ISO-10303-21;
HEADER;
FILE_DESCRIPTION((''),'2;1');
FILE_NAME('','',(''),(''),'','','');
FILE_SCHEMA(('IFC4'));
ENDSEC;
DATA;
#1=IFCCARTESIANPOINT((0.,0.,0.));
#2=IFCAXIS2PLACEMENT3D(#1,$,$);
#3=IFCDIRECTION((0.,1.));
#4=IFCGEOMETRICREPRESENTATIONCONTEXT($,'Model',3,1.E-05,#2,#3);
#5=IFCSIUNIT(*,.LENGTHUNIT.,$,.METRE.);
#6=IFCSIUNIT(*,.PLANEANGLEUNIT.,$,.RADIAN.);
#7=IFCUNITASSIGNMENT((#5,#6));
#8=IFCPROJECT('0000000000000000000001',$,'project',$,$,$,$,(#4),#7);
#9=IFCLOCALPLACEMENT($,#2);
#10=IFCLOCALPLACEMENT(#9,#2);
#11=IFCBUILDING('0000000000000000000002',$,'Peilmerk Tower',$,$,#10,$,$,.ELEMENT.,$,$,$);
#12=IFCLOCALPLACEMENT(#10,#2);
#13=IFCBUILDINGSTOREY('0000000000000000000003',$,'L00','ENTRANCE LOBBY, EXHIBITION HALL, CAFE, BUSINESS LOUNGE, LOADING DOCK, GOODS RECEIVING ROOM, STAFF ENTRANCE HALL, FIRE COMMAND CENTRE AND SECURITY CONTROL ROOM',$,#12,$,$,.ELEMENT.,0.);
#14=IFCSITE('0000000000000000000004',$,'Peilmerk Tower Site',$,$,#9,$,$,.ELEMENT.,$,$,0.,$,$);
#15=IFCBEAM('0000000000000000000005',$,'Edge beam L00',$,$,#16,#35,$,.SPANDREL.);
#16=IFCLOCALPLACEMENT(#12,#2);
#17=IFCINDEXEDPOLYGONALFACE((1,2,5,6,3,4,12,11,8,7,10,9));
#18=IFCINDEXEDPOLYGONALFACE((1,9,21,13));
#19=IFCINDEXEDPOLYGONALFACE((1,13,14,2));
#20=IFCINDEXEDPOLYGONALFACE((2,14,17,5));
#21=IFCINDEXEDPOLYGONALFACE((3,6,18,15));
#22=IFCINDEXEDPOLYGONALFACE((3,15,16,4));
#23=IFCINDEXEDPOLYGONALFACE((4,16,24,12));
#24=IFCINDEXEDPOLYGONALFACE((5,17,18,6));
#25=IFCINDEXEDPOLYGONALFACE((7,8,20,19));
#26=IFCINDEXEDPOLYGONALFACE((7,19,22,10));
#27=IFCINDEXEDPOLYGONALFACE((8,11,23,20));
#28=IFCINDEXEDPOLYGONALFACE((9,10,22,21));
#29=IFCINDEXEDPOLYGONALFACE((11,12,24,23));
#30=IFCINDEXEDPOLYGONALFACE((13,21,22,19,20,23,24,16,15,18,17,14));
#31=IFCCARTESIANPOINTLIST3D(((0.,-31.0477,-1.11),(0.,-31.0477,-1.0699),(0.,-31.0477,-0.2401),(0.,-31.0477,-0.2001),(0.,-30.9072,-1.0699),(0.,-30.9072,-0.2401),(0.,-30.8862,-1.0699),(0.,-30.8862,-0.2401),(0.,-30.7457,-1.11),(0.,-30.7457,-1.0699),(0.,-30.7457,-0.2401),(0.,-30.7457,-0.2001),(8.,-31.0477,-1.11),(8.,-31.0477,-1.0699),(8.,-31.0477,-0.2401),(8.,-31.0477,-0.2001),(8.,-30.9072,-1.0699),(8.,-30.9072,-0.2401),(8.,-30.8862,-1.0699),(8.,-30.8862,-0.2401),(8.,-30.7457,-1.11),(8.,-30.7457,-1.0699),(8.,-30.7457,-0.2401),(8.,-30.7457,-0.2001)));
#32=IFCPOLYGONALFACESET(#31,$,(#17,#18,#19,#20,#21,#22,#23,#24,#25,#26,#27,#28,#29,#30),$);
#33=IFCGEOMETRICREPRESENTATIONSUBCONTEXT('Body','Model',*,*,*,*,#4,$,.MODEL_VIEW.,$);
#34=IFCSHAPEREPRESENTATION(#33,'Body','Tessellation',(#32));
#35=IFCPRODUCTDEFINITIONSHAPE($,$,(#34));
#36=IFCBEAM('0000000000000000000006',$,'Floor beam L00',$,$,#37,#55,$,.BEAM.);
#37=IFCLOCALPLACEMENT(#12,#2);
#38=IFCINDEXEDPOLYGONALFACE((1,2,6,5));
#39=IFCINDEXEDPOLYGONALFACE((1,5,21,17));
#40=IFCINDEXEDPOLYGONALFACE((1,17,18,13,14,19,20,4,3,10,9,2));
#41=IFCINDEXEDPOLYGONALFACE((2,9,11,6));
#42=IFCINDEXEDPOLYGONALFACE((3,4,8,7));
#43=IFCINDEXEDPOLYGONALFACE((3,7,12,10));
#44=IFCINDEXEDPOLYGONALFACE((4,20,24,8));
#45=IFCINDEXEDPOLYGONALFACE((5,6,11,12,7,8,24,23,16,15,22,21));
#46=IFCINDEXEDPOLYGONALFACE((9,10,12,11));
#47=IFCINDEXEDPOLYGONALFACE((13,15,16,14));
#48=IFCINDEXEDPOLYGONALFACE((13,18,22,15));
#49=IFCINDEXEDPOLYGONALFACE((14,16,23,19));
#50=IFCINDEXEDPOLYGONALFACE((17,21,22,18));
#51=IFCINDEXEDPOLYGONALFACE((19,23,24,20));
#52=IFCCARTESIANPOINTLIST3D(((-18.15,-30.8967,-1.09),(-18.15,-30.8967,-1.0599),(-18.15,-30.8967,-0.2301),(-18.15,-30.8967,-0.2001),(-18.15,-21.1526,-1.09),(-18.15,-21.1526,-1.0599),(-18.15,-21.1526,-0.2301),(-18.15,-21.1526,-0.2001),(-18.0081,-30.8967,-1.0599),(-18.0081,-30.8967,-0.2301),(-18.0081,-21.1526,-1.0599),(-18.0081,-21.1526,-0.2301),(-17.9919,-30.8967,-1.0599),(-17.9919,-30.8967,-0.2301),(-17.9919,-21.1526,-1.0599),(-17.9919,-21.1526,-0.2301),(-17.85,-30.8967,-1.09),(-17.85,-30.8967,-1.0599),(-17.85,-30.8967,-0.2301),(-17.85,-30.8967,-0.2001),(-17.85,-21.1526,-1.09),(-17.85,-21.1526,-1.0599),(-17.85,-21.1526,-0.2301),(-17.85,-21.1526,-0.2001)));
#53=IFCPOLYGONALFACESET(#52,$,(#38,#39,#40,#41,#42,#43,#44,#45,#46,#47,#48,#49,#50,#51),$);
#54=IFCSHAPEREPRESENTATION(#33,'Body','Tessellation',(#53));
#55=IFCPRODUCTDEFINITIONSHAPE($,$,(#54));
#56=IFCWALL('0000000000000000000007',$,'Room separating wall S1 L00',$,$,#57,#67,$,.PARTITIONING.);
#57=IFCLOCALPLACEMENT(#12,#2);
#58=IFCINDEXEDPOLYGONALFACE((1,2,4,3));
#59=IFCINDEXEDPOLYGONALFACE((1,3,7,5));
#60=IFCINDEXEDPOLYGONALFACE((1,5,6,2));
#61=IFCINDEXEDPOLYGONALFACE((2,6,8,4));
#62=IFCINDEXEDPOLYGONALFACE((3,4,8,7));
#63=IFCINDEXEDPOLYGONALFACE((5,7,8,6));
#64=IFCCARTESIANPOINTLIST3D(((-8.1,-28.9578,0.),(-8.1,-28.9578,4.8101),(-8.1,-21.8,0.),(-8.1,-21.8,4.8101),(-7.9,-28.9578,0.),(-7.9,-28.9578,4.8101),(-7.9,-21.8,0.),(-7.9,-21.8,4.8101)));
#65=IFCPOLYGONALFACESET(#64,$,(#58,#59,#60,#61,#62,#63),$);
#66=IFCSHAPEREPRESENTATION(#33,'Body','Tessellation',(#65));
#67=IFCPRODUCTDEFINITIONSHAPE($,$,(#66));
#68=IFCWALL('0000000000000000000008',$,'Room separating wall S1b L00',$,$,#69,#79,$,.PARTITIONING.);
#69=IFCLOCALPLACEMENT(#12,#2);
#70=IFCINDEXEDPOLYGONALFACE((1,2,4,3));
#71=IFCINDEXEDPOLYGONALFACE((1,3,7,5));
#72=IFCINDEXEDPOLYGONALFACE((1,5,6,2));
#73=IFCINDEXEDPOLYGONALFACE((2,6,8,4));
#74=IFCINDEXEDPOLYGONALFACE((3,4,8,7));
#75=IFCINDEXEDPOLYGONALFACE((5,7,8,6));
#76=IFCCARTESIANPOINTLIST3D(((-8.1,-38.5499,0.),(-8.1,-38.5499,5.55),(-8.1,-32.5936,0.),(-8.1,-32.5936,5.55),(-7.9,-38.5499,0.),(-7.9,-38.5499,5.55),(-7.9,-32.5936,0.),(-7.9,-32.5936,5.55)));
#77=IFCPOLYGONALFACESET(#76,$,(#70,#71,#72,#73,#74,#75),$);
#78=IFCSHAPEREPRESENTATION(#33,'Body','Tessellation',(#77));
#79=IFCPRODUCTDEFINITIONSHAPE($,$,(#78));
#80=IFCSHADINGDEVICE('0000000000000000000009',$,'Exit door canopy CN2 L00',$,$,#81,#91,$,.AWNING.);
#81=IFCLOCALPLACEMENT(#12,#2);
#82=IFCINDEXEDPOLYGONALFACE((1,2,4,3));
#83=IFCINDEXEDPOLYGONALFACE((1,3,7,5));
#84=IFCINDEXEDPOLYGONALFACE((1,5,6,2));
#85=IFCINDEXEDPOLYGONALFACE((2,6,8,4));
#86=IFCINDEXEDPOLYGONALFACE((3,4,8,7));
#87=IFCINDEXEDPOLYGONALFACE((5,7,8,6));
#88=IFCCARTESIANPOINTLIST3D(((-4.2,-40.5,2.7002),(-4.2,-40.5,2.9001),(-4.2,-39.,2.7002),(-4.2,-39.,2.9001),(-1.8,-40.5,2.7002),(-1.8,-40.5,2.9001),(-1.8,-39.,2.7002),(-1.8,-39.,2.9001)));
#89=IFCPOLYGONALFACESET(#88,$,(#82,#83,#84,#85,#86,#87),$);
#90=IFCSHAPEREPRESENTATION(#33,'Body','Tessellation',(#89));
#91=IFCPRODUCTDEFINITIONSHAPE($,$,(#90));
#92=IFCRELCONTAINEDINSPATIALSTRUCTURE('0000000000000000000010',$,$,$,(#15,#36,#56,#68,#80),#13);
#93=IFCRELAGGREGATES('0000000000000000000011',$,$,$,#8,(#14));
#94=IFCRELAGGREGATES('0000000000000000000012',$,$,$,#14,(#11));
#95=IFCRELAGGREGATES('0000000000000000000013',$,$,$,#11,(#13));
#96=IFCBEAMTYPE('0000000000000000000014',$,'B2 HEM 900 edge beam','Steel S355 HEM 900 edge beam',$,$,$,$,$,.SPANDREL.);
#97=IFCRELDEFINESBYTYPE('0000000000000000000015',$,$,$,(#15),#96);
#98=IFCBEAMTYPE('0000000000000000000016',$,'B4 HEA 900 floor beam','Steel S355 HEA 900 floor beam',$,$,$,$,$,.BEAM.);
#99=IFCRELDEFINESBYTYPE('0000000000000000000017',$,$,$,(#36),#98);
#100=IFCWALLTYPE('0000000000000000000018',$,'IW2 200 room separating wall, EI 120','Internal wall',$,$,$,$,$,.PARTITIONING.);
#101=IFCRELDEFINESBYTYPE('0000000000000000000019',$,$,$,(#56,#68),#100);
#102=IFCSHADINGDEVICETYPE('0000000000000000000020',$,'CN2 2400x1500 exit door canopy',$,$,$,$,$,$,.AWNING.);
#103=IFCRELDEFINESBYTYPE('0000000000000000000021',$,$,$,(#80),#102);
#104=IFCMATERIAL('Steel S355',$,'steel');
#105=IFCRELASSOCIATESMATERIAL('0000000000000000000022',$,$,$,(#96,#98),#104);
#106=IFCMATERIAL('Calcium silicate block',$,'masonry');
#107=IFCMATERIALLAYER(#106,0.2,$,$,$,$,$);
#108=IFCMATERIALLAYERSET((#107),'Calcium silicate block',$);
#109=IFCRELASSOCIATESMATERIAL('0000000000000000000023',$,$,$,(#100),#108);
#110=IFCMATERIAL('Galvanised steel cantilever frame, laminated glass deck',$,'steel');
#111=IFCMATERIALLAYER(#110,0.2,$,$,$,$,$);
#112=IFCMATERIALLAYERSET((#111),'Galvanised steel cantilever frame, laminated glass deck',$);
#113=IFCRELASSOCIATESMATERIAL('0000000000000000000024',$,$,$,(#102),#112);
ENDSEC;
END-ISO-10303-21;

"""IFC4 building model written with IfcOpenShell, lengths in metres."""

from ifc_helpers import new_model, si_unit, direction, frame, frame_2d, origin, origin_2d, place, context, subcontext, project, spatial, rectangle, i_section, extrude, material, layer, layer_set, material_profile, profile_set, type_object, element, save


model = new_model("IFC4")

# Units and contexts
model_context = context("Model", 3, precision=1e-05, world=origin(), true_north=direction((0.0, 1.0)))
body_context = subcontext(model_context, "Body", "Model", "MODEL_VIEW")
ifc_project = project(units=[si_unit("LENGTHUNIT", "METRE"), si_unit("PLANEANGLEUNIT", "RADIAN")], contexts=[model_context])

# Site, building, storey
site_placement = place(None, origin())
site = spatial("IfcSite", under=ifc_project, at=site_placement, Name="Peilmerk Tower Site", CompositionType="ELEMENT", RefElevation=0.0)
building_placement = place(site_placement, origin())
building = spatial("IfcBuilding", under=site, at=building_placement, Name="Peilmerk Tower", CompositionType="ELEMENT")
storey_placement = place(building_placement, origin())
storey = spatial("IfcBuildingStorey", under=building, at=storey_placement, Name="L00", Description="ENTRANCE LOBBY, EXHIBITION HALL, CAFE, BUSINESS LOUNGE, LOADING DOCK, GOODS RECEIVING ROOM, STAFF ENTRANCE HALL, FIRE COMMAND CENTRE AND SECURITY CONTROL ROOM", CompositionType="ELEMENT", Elevation=0.0)

# Beams
ifc_material_1 = material(Name="Steel S355", Category="steel")
ifc_material_profile_1 = material_profile(ifc_material_1, i_section(OverallWidth=0.302, OverallDepth=0.9099, WebThickness=0.021, FlangeThickness=0.04, at=origin_2d()), Name="HEM 900")
ifc_profile_set_1 = profile_set([ifc_material_profile_1], Name="Steel S355")
beam_type_1 = type_object("IfcBeamType", Name="B2 HEM 900 edge beam", Description="Steel S355 HEM 900 edge beam", PredefinedType="SPANDREL", material=ifc_profile_set_1)
for number, where, z_axis, x_axis, name in (
    (1, (0.0, -30.8967, -0.655), (1.0, 0.0, 0.0), (0.0, 1.0, 0.0), "Edge beam L00"),
):
    element("IfcBeam", number, at=place(storey_placement, frame(where, z_axis=z_axis, x_axis=x_axis)), inside=storey, type_object=beam_type_1, Name=name, PredefinedType="SPANDREL", context=body_context, shape_type="SweptSolid", body=[
        extrude(i_section(OverallWidth=0.302, OverallDepth=0.9099, WebThickness=0.021, FlangeThickness=0.04, at=origin_2d()), origin(), (0.0, 0.0, 1.0), 8.0),
    ])
ifc_material_profile_2 = material_profile(ifc_material_1, i_section(OverallWidth=0.3, OverallDepth=0.8899, WebThickness=0.0161, FlangeThickness=0.03, at=origin_2d()), Name="HEA 900")
ifc_profile_set_2 = profile_set([ifc_material_profile_2], Name="Steel S355")
beam_type_2 = type_object("IfcBeamType", Name="B4 HEA 900 floor beam", Description="Steel S355 HEA 900 floor beam", PredefinedType="BEAM", material=ifc_profile_set_2)
beam_placement = place(storey_placement, frame((-18.0, -21.1526, -0.645), z_axis=(0.0, -1.0, 0.0), x_axis=(1.0, 0.0, 0.0)))
element("IfcBeam", 2, at=beam_placement, inside=storey, type_object=beam_type_2, Name="Floor beam L00", PredefinedType="BEAM", context=body_context, shape_type="SweptSolid", body=[
    extrude(i_section(OverallWidth=0.3, OverallDepth=0.8899, WebThickness=0.0161, FlangeThickness=0.03, at=origin_2d()), origin(), (0.0, 0.0, 1.0), 9.7441),
])

# Walls
ifc_material_2 = material(Name="Calcium silicate block", Category="masonry")
ifc_layer_1 = layer(ifc_material_2, 0.2)
ifc_layer_set_1 = layer_set([ifc_layer_1], Name="Calcium silicate block")
wall_type = type_object("IfcWallType", Name="IW2 200 room separating wall, EI 120", Description="Internal wall", PredefinedType="PARTITIONING", material=ifc_layer_set_1)
wall_1_placement = place(storey_placement, frame((-8.0, -21.8, 0.0), z_axis=(0.0, 0.0, 1.0), x_axis=(0.0, -1.0, 0.0)))
element("IfcWall", 3, at=wall_1_placement, inside=storey, type_object=wall_type, Name="Room separating wall S1 L00", PredefinedType="PARTITIONING", context=body_context, shape_type="SweptSolid", body=[
    extrude(rectangle(XDim=7.1577, YDim=0.2, at=frame_2d((3.5789, 0.0))), origin(), (0.0, 0.0, 1.0), 4.8101),
])
wall_2_placement = place(storey_placement, frame((-8.0, -32.5938, 0.0), z_axis=(0.0, 0.0, 1.0), x_axis=(0.0, -1.0, 0.0)))
element("IfcWall", 4, at=wall_2_placement, inside=storey, type_object=wall_type, Name="Room separating wall S1b L00", PredefinedType="PARTITIONING", context=body_context, shape_type="SweptSolid", body=[
    extrude(rectangle(XDim=5.9563, YDim=0.2, at=frame_2d((2.978, 0.0))), origin(), (0.0, 0.0, 1.0), 5.55),
])

# Shading device
ifc_material_3 = material(Name="Galvanised steel cantilever frame, laminated glass deck", Category="steel")
ifc_layer_2 = layer(ifc_material_3, 0.2)
ifc_layer_set_2 = layer_set([ifc_layer_2], Name="Galvanised steel cantilever frame, laminated glass deck")
shading_device_type = type_object("IfcShadingDeviceType", Name="CN2 2400x1500 exit door canopy", PredefinedType="AWNING", material=ifc_layer_set_2)
shading_device_placement = place(storey_placement, frame((-3.0, -39.75, 2.7002), z_axis=(0.0, 0.0, 1.0), x_axis=(-1.0, 0.0, 0.0)))
element("IfcShadingDevice", 5, at=shading_device_placement, inside=storey, type_object=shading_device_type, Name="Exit door canopy CN2 L00", PredefinedType="AWNING", context=body_context, shape_type="SweptSolid", body=[
    extrude(rectangle(XDim=2.3999, YDim=1.5, at=origin_2d()), origin(), (0.0, 0.0, 1.0), 0.2),
])

save(model, "model.ifc")
